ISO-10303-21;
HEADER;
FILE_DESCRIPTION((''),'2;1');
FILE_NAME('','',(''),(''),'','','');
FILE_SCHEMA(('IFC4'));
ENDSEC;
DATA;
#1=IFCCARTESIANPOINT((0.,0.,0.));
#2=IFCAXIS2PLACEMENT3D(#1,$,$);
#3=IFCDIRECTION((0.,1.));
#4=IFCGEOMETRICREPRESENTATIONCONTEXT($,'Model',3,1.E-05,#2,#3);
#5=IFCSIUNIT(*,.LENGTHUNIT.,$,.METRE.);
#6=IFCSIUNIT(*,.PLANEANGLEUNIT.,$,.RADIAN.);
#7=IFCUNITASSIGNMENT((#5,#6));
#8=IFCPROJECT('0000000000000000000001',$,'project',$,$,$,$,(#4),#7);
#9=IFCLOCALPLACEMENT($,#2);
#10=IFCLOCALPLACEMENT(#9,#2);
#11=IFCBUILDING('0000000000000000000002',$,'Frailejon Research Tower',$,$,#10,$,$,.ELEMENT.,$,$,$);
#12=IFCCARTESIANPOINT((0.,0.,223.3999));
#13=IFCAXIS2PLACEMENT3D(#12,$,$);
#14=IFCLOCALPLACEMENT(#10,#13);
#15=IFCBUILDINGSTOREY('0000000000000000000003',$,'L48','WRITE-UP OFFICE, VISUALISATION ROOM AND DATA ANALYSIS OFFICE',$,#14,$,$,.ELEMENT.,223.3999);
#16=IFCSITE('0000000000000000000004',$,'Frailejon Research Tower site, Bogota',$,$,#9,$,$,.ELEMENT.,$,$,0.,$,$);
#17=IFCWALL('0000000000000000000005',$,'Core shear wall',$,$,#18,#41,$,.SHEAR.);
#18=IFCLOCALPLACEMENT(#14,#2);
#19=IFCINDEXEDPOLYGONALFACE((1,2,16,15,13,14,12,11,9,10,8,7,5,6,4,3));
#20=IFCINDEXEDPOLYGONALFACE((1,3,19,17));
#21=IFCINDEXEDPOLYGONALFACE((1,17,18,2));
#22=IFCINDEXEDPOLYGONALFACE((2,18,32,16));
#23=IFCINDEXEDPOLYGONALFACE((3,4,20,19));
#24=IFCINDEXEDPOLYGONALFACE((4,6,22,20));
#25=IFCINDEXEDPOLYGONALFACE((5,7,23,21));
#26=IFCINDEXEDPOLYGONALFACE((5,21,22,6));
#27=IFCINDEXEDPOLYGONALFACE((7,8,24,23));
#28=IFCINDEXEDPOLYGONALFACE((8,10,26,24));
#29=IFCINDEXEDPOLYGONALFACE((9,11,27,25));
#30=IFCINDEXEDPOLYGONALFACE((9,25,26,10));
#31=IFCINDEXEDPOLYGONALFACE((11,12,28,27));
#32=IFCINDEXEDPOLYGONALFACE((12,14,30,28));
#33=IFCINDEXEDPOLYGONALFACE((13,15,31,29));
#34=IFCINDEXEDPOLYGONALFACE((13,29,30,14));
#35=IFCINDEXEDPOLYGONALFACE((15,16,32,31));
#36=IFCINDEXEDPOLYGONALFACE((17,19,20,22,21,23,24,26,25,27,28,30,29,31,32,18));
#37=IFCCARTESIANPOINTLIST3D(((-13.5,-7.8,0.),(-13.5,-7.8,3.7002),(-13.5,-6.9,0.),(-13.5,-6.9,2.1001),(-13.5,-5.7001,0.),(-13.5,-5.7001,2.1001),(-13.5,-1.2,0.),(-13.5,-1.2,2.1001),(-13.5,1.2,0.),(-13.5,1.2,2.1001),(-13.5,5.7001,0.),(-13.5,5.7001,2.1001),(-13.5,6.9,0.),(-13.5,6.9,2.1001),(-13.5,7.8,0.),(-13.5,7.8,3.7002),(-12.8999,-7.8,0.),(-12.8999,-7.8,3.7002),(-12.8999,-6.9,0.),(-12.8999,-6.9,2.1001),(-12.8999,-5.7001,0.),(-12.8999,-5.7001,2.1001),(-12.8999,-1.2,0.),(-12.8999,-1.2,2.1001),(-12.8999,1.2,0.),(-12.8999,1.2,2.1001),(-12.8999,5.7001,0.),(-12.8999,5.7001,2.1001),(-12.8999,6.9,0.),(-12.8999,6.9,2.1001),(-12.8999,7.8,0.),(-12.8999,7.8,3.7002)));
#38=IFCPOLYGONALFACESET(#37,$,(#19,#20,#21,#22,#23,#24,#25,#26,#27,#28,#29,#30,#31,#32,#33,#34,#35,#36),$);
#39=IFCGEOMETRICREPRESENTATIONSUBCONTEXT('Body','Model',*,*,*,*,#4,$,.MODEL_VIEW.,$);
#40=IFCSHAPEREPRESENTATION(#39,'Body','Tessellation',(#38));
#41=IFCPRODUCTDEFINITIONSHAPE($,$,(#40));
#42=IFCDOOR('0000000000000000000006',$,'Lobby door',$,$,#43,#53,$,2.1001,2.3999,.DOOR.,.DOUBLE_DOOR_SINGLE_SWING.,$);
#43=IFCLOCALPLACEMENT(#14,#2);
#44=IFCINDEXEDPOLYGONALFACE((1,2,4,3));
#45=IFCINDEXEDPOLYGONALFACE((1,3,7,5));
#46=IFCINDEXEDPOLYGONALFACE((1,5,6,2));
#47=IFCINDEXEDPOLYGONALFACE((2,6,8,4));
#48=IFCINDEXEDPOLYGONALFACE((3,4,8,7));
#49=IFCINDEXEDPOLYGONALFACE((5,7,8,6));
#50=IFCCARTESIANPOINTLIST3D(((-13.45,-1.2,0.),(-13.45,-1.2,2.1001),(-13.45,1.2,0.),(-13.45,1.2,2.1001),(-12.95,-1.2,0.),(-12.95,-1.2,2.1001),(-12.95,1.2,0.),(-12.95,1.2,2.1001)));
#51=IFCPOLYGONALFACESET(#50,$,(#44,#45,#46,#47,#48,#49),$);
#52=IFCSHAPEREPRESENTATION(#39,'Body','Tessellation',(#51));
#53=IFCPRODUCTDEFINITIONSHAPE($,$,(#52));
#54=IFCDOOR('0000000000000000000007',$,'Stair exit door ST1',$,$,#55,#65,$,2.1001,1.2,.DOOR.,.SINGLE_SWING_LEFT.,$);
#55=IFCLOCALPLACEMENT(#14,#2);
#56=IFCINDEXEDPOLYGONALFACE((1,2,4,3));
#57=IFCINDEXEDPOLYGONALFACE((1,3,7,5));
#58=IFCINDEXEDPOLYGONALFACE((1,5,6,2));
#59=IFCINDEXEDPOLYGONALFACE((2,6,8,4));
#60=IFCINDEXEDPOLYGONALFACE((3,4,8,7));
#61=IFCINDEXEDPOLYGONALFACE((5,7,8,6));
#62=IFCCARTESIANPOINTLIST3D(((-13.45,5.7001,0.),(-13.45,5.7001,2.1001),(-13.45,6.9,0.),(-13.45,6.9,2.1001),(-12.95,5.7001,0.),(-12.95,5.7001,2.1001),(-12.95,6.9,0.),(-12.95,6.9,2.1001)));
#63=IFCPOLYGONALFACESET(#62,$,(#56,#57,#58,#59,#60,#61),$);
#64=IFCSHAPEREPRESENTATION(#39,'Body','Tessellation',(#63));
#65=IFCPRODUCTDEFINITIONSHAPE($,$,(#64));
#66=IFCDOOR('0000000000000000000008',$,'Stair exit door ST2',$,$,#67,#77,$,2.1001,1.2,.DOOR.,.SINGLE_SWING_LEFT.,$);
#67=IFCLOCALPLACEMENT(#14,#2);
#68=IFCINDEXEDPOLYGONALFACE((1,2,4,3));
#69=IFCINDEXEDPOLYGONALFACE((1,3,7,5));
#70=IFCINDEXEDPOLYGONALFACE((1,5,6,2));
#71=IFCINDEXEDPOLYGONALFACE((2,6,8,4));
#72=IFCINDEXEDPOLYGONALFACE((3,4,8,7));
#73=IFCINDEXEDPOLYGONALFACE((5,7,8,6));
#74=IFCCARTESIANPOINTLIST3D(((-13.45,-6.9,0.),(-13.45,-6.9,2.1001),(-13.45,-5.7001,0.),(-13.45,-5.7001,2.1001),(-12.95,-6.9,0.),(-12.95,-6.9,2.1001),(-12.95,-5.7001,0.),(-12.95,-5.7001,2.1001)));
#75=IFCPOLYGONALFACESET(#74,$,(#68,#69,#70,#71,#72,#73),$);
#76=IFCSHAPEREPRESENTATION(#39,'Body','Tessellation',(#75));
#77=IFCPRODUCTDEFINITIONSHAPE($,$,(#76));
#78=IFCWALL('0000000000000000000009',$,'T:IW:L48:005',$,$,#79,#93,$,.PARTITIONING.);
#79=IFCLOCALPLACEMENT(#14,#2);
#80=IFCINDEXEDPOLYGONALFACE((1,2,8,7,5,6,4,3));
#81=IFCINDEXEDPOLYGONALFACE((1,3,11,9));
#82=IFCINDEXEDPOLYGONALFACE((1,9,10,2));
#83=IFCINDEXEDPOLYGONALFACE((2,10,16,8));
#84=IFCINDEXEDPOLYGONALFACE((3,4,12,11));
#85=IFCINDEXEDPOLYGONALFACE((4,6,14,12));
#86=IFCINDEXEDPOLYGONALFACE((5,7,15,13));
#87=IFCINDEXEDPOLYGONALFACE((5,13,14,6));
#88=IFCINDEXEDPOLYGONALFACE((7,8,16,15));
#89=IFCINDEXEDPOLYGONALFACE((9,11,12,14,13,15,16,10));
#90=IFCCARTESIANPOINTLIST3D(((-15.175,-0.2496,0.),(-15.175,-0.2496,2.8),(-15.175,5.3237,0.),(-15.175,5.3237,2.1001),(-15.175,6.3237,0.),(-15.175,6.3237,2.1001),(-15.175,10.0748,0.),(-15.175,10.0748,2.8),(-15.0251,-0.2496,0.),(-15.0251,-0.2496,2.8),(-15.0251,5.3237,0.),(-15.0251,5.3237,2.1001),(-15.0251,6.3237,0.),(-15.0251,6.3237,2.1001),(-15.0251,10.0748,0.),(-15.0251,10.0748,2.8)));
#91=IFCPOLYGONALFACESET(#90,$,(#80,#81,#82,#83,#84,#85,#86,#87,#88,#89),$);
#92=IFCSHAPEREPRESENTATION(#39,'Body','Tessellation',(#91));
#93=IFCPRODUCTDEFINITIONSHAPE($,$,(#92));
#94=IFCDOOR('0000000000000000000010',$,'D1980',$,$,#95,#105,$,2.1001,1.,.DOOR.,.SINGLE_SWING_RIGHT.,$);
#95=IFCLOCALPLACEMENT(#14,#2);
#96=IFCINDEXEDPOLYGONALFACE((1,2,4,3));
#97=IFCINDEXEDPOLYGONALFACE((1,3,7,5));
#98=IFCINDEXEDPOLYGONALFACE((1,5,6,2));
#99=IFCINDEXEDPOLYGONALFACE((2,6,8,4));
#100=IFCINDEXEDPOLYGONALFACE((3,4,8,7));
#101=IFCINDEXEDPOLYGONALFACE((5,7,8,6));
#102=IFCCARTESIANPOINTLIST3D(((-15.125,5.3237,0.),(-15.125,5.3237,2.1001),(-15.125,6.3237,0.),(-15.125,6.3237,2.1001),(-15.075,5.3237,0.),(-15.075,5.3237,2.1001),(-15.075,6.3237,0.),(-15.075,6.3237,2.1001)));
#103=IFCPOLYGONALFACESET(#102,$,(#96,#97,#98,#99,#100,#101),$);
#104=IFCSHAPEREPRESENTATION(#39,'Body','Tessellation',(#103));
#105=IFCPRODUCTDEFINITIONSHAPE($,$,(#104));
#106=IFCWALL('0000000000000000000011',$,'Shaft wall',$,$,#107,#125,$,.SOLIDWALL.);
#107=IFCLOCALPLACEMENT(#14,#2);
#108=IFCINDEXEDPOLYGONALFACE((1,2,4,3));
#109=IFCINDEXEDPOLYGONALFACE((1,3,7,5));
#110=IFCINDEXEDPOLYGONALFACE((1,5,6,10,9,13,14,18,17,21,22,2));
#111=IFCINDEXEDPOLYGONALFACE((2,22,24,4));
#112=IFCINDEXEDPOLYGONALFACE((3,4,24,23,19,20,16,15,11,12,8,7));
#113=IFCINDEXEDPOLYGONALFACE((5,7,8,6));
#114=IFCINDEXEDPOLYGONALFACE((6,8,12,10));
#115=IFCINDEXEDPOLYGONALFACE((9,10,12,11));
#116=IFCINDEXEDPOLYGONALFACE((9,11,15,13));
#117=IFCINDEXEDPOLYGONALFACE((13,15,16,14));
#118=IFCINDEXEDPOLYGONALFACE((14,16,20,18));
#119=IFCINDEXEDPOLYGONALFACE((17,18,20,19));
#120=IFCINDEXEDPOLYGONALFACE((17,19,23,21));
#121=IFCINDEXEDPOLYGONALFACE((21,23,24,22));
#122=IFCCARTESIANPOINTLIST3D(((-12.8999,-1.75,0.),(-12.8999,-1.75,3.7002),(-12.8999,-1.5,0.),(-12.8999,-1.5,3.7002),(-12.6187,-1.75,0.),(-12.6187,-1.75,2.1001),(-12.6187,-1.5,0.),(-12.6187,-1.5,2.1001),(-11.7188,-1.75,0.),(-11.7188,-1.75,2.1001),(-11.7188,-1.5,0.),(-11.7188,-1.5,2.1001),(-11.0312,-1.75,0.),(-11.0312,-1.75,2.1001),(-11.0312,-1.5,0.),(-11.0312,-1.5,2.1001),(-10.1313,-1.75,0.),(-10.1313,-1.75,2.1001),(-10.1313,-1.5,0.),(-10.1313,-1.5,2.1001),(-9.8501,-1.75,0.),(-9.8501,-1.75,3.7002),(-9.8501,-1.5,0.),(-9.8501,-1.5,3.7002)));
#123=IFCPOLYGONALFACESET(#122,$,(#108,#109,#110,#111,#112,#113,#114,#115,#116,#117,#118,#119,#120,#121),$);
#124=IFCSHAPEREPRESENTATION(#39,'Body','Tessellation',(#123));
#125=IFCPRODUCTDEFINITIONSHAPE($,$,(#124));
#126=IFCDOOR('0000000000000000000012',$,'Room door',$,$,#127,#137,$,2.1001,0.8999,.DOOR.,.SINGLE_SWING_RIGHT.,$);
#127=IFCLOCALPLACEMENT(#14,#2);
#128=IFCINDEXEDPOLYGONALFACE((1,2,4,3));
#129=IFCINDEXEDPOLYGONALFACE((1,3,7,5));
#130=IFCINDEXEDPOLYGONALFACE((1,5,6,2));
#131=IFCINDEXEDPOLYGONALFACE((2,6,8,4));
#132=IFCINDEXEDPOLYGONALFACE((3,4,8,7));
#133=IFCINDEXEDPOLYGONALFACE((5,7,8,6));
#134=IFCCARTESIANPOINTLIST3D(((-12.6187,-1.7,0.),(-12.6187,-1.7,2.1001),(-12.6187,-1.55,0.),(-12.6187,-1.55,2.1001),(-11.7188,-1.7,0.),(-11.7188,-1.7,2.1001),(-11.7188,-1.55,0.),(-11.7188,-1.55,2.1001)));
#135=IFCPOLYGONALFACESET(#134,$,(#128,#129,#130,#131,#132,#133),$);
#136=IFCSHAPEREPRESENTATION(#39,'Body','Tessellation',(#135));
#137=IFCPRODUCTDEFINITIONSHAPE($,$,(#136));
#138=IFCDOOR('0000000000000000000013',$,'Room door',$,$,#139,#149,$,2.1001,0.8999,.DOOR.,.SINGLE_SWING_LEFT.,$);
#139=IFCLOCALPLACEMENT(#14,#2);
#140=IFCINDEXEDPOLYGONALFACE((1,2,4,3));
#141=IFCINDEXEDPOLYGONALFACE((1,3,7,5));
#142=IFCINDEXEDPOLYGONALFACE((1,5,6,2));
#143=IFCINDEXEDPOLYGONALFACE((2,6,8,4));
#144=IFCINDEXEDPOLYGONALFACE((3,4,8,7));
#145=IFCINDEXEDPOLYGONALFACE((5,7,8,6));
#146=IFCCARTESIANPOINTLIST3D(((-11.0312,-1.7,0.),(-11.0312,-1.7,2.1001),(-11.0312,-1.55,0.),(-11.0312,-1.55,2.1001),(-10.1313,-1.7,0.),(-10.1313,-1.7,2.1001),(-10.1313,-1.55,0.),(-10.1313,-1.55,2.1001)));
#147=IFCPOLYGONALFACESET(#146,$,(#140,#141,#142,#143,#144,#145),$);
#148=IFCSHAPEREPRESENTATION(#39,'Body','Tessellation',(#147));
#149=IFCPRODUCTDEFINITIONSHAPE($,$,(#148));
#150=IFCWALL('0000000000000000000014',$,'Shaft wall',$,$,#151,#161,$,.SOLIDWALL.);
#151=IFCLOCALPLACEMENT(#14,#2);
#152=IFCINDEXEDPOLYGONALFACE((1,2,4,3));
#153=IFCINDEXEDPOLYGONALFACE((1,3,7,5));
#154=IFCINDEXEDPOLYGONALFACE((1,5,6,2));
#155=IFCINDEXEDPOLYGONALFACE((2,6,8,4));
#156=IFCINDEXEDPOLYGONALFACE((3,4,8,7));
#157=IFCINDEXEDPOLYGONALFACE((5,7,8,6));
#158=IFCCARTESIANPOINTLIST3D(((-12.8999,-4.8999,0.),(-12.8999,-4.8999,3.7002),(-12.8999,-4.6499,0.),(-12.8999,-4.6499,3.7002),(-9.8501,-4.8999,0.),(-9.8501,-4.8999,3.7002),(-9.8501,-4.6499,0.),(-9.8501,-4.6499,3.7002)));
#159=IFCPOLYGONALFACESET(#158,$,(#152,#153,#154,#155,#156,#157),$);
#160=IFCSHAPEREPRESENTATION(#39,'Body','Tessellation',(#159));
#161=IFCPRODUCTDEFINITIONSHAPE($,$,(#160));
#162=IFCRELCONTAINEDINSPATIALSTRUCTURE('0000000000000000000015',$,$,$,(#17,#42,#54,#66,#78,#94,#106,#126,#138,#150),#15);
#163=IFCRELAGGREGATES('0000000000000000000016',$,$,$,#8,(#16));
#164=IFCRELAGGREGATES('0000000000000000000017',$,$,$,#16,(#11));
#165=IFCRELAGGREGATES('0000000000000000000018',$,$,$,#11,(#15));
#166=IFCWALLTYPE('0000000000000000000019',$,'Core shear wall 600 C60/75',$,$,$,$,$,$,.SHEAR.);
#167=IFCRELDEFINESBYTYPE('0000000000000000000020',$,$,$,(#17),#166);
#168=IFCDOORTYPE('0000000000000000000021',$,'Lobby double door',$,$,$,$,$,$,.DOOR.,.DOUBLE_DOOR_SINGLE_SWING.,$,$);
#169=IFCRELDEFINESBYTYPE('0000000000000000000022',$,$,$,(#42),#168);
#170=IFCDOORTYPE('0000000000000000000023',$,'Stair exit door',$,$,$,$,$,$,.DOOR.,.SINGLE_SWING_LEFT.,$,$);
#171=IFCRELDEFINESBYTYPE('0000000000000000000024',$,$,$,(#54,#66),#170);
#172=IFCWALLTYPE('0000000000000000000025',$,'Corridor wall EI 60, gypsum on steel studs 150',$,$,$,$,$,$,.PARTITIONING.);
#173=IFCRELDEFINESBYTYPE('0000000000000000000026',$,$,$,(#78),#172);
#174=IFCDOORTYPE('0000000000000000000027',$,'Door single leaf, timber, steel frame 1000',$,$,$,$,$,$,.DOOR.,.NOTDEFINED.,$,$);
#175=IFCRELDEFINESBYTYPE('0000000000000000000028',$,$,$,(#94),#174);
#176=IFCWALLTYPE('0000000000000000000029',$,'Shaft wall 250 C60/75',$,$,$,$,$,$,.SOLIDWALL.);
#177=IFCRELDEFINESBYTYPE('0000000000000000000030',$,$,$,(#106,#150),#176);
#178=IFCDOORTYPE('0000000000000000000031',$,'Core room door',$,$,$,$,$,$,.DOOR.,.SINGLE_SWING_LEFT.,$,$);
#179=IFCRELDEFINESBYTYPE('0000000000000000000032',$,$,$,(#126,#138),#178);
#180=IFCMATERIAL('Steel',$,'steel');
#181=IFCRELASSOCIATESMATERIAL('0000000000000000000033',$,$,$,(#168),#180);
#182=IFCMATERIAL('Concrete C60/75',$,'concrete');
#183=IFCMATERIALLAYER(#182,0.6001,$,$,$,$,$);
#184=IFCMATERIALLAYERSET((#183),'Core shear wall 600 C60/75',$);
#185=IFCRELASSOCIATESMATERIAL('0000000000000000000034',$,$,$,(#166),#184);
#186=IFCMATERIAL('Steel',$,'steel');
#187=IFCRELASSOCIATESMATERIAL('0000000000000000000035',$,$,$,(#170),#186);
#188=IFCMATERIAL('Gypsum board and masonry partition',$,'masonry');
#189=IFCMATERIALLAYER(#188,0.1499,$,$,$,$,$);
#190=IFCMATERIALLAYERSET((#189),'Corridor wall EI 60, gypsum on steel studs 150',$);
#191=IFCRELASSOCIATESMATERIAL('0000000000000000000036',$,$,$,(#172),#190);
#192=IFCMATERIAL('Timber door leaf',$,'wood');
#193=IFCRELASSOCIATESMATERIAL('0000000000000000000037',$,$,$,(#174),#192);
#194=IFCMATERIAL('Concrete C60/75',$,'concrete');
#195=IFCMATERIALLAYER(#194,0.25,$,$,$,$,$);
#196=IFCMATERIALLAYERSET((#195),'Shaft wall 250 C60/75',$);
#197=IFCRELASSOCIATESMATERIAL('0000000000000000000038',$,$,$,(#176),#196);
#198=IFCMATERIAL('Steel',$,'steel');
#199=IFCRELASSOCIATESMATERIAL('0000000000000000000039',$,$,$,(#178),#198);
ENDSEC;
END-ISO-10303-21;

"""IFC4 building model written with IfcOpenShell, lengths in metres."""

from ifc_helpers import new_model, si_unit, direction, frame, frame_2d, origin, place, context, subcontext, project, spatial, rectangle, extrude, material, layer, layer_set, type_object, element, fill, save


model = new_model("IFC4")

# Units and contexts
model_context = context("Model", 3, precision=1e-05, world=origin(), true_north=direction((0.0, 1.0)))
body_context = subcontext(model_context, "Body", "Model", "MODEL_VIEW")
ifc_project = project(units=[si_unit("LENGTHUNIT", "METRE"), si_unit("PLANEANGLEUNIT", "RADIAN")], contexts=[model_context])

# Site, building, storey
site_placement = place(None, origin())
site = spatial("IfcSite", under=ifc_project, at=site_placement, Name="Frailejon Research Tower site, Bogota", CompositionType="ELEMENT", RefElevation=0.0)
building_placement = place(site_placement, origin())
building = spatial("IfcBuilding", under=site, at=building_placement, Name="Frailejon Research Tower", CompositionType="ELEMENT")
storey_placement = place(building_placement, frame((0.0, 0.0, 223.3999)))
storey = spatial("IfcBuildingStorey", under=building, at=storey_placement, Name="L48", Description="WRITE-UP OFFICE, VISUALISATION ROOM AND DATA ANALYSIS OFFICE", CompositionType="ELEMENT", Elevation=223.3999)

# Shared definitions
ifc_material_1 = material(Name="Steel", Category="steel")
door_type_1 = type_object("IfcDoorType", Name="Lobby double door", OperationType="DOUBLE_DOOR_SINGLE_SWING", PredefinedType="DOOR", material=ifc_material_1)

# Shared definitions
ifc_material_2 = material(Name="Concrete C60/75", Category="concrete")
ifc_layer_1 = layer(ifc_material_2, 0.6001)
ifc_layer_set_1 = layer_set([ifc_layer_1], Name="Core shear wall 600 C60/75")
wall_type_1 = type_object("IfcWallType", Name="Core shear wall 600 C60/75", PredefinedType="SHEAR", material=ifc_layer_set_1)

# Wall, openings, doors
wall_1_placement = place(storey_placement, frame((-13.2, -7.8, 0.0), z_axis=(0.0, 0.0, 1.0), x_axis=(0.0, 1.0, 0.0)))
wall_1 = element("IfcWall", 1, at=wall_1_placement, inside=storey, type_object=wall_type_1, Name="Core shear wall", PredefinedType="SHEAR", context=body_context, shape_type="SweptSolid", body=[
    extrude(rectangle(XDim=15.6001, YDim=0.6001, at=frame_2d((7.8, 0.0))), origin(), (0.0, 0.0, 1.0), 3.7002),
])
opening_1_placement = place(wall_1_placement, frame((6.6001, 0.0, 0.0)))
opening_1 = element("IfcOpeningElement", 2, at=opening_1_placement, cuts=wall_1, PredefinedType="OPENING", context=body_context, shape_type="SweptSolid", body=[
    extrude(rectangle(XDim=2.3999, YDim=2.1001, at=frame_2d((1.2, 1.05))), frame((0.0, 0.3101, 0.0), z_axis=(0.0, -1.0, 0.0), x_axis=(1.0, 0.0, 0.0)), (0.0, 0.0, 1.0), 0.6201),
])
opening_2_placement = place(wall_1_placement, frame((13.5, 0.0, 0.0)))
opening_2 = element("IfcOpeningElement", 3, at=opening_2_placement, cuts=wall_1, PredefinedType="OPENING", context=body_context, shape_type="SweptSolid", body=[
    extrude(rectangle(XDim=1.2, YDim=2.1001, at=frame_2d((0.6001, 1.05))), frame((0.0, 0.3101, 0.0), z_axis=(0.0, -1.0, 0.0), x_axis=(1.0, 0.0, 0.0)), (0.0, 0.0, 1.0), 0.6201),
])
opening_3_placement = place(wall_1_placement, frame((0.8999, 0.0, 0.0)))
opening_3 = element("IfcOpeningElement", 4, at=opening_3_placement, cuts=wall_1, PredefinedType="OPENING", context=body_context, shape_type="SweptSolid", body=[
    extrude(rectangle(XDim=1.2, YDim=2.1001, at=frame_2d((0.6001, 1.05))), frame((0.0, 0.3101, 0.0), z_axis=(0.0, -1.0, 0.0), x_axis=(1.0, 0.0, 0.0)), (0.0, 0.0, 1.0), 0.6201),
])
door_1_placement = place(opening_1_placement, origin())
door_1 = element("IfcDoor", 5, at=door_1_placement, inside=storey, type_object=door_type_1, Name="Lobby door", OperationType="DOUBLE_DOOR_SINGLE_SWING", OverallHeight=2.1001, OverallWidth=2.3999, PredefinedType="DOOR", context=body_context, shape_type="SweptSolid", body=[
    extrude(rectangle(XDim=2.3999, YDim=2.1001, at=frame_2d((1.2, 1.05))), frame((0.0, 0.25, 0.0), z_axis=(0.0, -1.0, 0.0), x_axis=(1.0, 0.0, 0.0)), (0.0, 0.0, 1.0), 0.5),
])
fill(opening_1, door_1)
ifc_material_3 = material(Name="Steel", Category="steel")
door_type_2 = type_object("IfcDoorType", Name="Stair exit door", OperationType="SINGLE_SWING_LEFT", PredefinedType="DOOR", material=ifc_material_3)
door_2_placement = place(opening_2_placement, origin())
door_2 = element("IfcDoor", 6, at=door_2_placement, inside=storey, type_object=door_type_2, Name="Stair exit door ST1", OperationType="SINGLE_SWING_LEFT", OverallHeight=2.1001, OverallWidth=1.2, PredefinedType="DOOR", context=body_context, shape_type="SweptSolid", body=[
    extrude(rectangle(XDim=1.2, YDim=2.1001, at=frame_2d((0.6001, 1.05))), frame((0.0, 0.25, 0.0), z_axis=(0.0, -1.0, 0.0), x_axis=(1.0, 0.0, 0.0)), (0.0, 0.0, 1.0), 0.5),
])
fill(opening_2, door_2)
door_3_placement = place(opening_3_placement, origin())
door_3 = element("IfcDoor", 7, at=door_3_placement, inside=storey, type_object=door_type_2, Name="Stair exit door ST2", OperationType="SINGLE_SWING_LEFT", OverallHeight=2.1001, OverallWidth=1.2, PredefinedType="DOOR", context=body_context, shape_type="SweptSolid", body=[
    extrude(rectangle(XDim=1.2, YDim=2.1001, at=frame_2d((0.6001, 1.05))), frame((0.0, 0.25, 0.0), z_axis=(0.0, -1.0, 0.0), x_axis=(1.0, 0.0, 0.0)), (0.0, 0.0, 1.0), 0.5),
])
fill(opening_3, door_3)

# Wall, opening, door
ifc_material_4 = material(Name="Gypsum board and masonry partition", Category="masonry")
ifc_layer_2 = layer(ifc_material_4, 0.1499)
ifc_layer_set_2 = layer_set([ifc_layer_2], Name="Corridor wall EI 60, gypsum on steel studs 150")
wall_type_2 = type_object("IfcWallType", Name="Corridor wall EI 60, gypsum on steel studs 150", PredefinedType="PARTITIONING", material=ifc_layer_set_2)
wall_2_placement = place(storey_placement, frame((-15.1001, -0.2495, 0.0), z_axis=(0.0, 0.0, 1.0), x_axis=(0.0, 1.0, 0.0)))
wall_2 = element("IfcWall", 8, at=wall_2_placement, inside=storey, type_object=wall_type_2, Name="T:IW:L48:005", PredefinedType="PARTITIONING", context=body_context, shape_type="SweptSolid", body=[
    extrude(rectangle(XDim=10.3245, YDim=0.1499, at=frame_2d((5.1621, 0.0))), origin(), (0.0, 0.0, 1.0), 2.8),
])
opening_4_placement = place(wall_2_placement, frame((5.5732, 0.0, 0.0)))
opening_4 = element("IfcOpeningElement", 9, at=opening_4_placement, cuts=wall_2, PredefinedType="OPENING", context=body_context, shape_type="SweptSolid", body=[
    extrude(rectangle(XDim=1.0, YDim=2.1001, at=frame_2d((0.5, 1.05))), frame((0.0, 0.085, 0.0), z_axis=(0.0, -1.0, 0.0), x_axis=(1.0, 0.0, 0.0)), (0.0, 0.0, 1.0), 0.1699),
])
ifc_material_5 = material(Name="Timber door leaf", Category="wood")
door_type_3 = type_object("IfcDoorType", Name="Door single leaf, timber, steel frame 1000", OperationType="NOTDEFINED", PredefinedType="DOOR", material=ifc_material_5)
door_4_placement = place(opening_4_placement, origin())
door_4 = element("IfcDoor", 10, at=door_4_placement, inside=storey, type_object=door_type_3, Name="D1980", OperationType="SINGLE_SWING_RIGHT", OverallHeight=2.1001, OverallWidth=1.0, PredefinedType="DOOR", context=body_context, shape_type="SweptSolid", body=[
    extrude(rectangle(XDim=1.0, YDim=2.1001, at=frame_2d((0.5, 1.05))), frame((0.0, 0.0249, 0.0), z_axis=(0.0, -1.0, 0.0), x_axis=(1.0, 0.0, 0.0)), (0.0, 0.0, 1.0), 0.05),
])
fill(opening_4, door_4)

# Wall, openings, doors
ifc_material_6 = material(Name="Concrete C60/75", Category="concrete")
ifc_layer_3 = layer(ifc_material_6, 0.25)
ifc_layer_set_3 = layer_set([ifc_layer_3], Name="Shaft wall 250 C60/75")
wall_type_3 = type_object("IfcWallType", Name="Shaft wall 250 C60/75", PredefinedType="SOLIDWALL", material=ifc_layer_set_3)
wall_3_placement = place(storey_placement, frame((-12.8999, -1.625, 0.0), z_axis=(0.0, 0.0, 1.0), x_axis=(1.0, 0.0, 0.0)))
wall_3 = element("IfcWall", 11, at=wall_3_placement, inside=storey, type_object=wall_type_3, Name="Shaft wall", PredefinedType="SOLIDWALL", context=body_context, shape_type="SweptSolid", body=[
    extrude(rectangle(XDim=3.0498, YDim=0.25, at=frame_2d((1.5249, 0.0))), origin(), (0.0, 0.0, 1.0), 3.7002),
])
opening_5_placement = place(wall_3_placement, frame((0.2812, 0.0, 0.0)))
opening_5 = element("IfcOpeningElement", 12, at=opening_5_placement, cuts=wall_3, PredefinedType="OPENING", context=body_context, shape_type="SweptSolid", body=[
    extrude(rectangle(XDim=0.8999, YDim=2.1001, at=frame_2d((0.45, 1.05))), frame((0.0, 0.135, 0.0), z_axis=(0.0, -1.0, 0.0), x_axis=(1.0, 0.0, 0.0)), (0.0, 0.0, 1.0), 0.27),
])
opening_6_placement = place(wall_3_placement, frame((1.8687, 0.0, 0.0)))
opening_6 = element("IfcOpeningElement", 13, at=opening_6_placement, cuts=wall_3, PredefinedType="OPENING", context=body_context, shape_type="SweptSolid", body=[
    extrude(rectangle(XDim=0.8999, YDim=2.1001, at=frame_2d((0.45, 1.05))), frame((0.0, 0.135, 0.0), z_axis=(0.0, -1.0, 0.0), x_axis=(1.0, 0.0, 0.0)), (0.0, 0.0, 1.0), 0.27),
])
ifc_material_7 = material(Name="Steel", Category="steel")
door_type_4 = type_object("IfcDoorType", Name="Core room door", OperationType="SINGLE_SWING_LEFT", PredefinedType="DOOR", material=ifc_material_7)
door_5_placement = place(opening_5_placement, origin())
door_5 = element("IfcDoor", 14, at=door_5_placement, inside=storey, type_object=door_type_4, Name="Room door", OperationType="SINGLE_SWING_RIGHT", OverallHeight=2.1001, OverallWidth=0.8999, PredefinedType="DOOR", context=body_context, shape_type="SweptSolid", body=[
    extrude(rectangle(XDim=0.8999, YDim=2.1001, at=frame_2d((0.45, 1.05))), frame((0.0, 0.075, 0.0), z_axis=(0.0, -1.0, 0.0), x_axis=(1.0, 0.0, 0.0)), (0.0, 0.0, 1.0), 0.1499),
])
fill(opening_5, door_5)
door_6_placement = place(opening_6_placement, origin())
door_6 = element("IfcDoor", 15, at=door_6_placement, inside=storey, type_object=door_type_4, Name="Room door", OperationType="SINGLE_SWING_LEFT", OverallHeight=2.1001, OverallWidth=0.8999, PredefinedType="DOOR", context=body_context, shape_type="SweptSolid", body=[
    extrude(rectangle(XDim=0.8999, YDim=2.1001, at=frame_2d((0.45, 1.05))), frame((0.0, 0.075, 0.0), z_axis=(0.0, -1.0, 0.0), x_axis=(1.0, 0.0, 0.0)), (0.0, 0.0, 1.0), 0.1499),
])
fill(opening_6, door_6)

# Wall
wall_4_placement = place(storey_placement, frame((-12.8999, -4.7749, 0.0), z_axis=(0.0, 0.0, 1.0), x_axis=(1.0, 0.0, 0.0)))
element("IfcWall", 16, at=wall_4_placement, inside=storey, type_object=wall_type_3, Name="Shaft wall", PredefinedType="SOLIDWALL", context=body_context, shape_type="SweptSolid", body=[
    extrude(rectangle(XDim=3.0498, YDim=0.25, at=frame_2d((1.5249, 0.0))), origin(), (0.0, 0.0, 1.0), 3.7002),
])

save(model, "model.ifc")
